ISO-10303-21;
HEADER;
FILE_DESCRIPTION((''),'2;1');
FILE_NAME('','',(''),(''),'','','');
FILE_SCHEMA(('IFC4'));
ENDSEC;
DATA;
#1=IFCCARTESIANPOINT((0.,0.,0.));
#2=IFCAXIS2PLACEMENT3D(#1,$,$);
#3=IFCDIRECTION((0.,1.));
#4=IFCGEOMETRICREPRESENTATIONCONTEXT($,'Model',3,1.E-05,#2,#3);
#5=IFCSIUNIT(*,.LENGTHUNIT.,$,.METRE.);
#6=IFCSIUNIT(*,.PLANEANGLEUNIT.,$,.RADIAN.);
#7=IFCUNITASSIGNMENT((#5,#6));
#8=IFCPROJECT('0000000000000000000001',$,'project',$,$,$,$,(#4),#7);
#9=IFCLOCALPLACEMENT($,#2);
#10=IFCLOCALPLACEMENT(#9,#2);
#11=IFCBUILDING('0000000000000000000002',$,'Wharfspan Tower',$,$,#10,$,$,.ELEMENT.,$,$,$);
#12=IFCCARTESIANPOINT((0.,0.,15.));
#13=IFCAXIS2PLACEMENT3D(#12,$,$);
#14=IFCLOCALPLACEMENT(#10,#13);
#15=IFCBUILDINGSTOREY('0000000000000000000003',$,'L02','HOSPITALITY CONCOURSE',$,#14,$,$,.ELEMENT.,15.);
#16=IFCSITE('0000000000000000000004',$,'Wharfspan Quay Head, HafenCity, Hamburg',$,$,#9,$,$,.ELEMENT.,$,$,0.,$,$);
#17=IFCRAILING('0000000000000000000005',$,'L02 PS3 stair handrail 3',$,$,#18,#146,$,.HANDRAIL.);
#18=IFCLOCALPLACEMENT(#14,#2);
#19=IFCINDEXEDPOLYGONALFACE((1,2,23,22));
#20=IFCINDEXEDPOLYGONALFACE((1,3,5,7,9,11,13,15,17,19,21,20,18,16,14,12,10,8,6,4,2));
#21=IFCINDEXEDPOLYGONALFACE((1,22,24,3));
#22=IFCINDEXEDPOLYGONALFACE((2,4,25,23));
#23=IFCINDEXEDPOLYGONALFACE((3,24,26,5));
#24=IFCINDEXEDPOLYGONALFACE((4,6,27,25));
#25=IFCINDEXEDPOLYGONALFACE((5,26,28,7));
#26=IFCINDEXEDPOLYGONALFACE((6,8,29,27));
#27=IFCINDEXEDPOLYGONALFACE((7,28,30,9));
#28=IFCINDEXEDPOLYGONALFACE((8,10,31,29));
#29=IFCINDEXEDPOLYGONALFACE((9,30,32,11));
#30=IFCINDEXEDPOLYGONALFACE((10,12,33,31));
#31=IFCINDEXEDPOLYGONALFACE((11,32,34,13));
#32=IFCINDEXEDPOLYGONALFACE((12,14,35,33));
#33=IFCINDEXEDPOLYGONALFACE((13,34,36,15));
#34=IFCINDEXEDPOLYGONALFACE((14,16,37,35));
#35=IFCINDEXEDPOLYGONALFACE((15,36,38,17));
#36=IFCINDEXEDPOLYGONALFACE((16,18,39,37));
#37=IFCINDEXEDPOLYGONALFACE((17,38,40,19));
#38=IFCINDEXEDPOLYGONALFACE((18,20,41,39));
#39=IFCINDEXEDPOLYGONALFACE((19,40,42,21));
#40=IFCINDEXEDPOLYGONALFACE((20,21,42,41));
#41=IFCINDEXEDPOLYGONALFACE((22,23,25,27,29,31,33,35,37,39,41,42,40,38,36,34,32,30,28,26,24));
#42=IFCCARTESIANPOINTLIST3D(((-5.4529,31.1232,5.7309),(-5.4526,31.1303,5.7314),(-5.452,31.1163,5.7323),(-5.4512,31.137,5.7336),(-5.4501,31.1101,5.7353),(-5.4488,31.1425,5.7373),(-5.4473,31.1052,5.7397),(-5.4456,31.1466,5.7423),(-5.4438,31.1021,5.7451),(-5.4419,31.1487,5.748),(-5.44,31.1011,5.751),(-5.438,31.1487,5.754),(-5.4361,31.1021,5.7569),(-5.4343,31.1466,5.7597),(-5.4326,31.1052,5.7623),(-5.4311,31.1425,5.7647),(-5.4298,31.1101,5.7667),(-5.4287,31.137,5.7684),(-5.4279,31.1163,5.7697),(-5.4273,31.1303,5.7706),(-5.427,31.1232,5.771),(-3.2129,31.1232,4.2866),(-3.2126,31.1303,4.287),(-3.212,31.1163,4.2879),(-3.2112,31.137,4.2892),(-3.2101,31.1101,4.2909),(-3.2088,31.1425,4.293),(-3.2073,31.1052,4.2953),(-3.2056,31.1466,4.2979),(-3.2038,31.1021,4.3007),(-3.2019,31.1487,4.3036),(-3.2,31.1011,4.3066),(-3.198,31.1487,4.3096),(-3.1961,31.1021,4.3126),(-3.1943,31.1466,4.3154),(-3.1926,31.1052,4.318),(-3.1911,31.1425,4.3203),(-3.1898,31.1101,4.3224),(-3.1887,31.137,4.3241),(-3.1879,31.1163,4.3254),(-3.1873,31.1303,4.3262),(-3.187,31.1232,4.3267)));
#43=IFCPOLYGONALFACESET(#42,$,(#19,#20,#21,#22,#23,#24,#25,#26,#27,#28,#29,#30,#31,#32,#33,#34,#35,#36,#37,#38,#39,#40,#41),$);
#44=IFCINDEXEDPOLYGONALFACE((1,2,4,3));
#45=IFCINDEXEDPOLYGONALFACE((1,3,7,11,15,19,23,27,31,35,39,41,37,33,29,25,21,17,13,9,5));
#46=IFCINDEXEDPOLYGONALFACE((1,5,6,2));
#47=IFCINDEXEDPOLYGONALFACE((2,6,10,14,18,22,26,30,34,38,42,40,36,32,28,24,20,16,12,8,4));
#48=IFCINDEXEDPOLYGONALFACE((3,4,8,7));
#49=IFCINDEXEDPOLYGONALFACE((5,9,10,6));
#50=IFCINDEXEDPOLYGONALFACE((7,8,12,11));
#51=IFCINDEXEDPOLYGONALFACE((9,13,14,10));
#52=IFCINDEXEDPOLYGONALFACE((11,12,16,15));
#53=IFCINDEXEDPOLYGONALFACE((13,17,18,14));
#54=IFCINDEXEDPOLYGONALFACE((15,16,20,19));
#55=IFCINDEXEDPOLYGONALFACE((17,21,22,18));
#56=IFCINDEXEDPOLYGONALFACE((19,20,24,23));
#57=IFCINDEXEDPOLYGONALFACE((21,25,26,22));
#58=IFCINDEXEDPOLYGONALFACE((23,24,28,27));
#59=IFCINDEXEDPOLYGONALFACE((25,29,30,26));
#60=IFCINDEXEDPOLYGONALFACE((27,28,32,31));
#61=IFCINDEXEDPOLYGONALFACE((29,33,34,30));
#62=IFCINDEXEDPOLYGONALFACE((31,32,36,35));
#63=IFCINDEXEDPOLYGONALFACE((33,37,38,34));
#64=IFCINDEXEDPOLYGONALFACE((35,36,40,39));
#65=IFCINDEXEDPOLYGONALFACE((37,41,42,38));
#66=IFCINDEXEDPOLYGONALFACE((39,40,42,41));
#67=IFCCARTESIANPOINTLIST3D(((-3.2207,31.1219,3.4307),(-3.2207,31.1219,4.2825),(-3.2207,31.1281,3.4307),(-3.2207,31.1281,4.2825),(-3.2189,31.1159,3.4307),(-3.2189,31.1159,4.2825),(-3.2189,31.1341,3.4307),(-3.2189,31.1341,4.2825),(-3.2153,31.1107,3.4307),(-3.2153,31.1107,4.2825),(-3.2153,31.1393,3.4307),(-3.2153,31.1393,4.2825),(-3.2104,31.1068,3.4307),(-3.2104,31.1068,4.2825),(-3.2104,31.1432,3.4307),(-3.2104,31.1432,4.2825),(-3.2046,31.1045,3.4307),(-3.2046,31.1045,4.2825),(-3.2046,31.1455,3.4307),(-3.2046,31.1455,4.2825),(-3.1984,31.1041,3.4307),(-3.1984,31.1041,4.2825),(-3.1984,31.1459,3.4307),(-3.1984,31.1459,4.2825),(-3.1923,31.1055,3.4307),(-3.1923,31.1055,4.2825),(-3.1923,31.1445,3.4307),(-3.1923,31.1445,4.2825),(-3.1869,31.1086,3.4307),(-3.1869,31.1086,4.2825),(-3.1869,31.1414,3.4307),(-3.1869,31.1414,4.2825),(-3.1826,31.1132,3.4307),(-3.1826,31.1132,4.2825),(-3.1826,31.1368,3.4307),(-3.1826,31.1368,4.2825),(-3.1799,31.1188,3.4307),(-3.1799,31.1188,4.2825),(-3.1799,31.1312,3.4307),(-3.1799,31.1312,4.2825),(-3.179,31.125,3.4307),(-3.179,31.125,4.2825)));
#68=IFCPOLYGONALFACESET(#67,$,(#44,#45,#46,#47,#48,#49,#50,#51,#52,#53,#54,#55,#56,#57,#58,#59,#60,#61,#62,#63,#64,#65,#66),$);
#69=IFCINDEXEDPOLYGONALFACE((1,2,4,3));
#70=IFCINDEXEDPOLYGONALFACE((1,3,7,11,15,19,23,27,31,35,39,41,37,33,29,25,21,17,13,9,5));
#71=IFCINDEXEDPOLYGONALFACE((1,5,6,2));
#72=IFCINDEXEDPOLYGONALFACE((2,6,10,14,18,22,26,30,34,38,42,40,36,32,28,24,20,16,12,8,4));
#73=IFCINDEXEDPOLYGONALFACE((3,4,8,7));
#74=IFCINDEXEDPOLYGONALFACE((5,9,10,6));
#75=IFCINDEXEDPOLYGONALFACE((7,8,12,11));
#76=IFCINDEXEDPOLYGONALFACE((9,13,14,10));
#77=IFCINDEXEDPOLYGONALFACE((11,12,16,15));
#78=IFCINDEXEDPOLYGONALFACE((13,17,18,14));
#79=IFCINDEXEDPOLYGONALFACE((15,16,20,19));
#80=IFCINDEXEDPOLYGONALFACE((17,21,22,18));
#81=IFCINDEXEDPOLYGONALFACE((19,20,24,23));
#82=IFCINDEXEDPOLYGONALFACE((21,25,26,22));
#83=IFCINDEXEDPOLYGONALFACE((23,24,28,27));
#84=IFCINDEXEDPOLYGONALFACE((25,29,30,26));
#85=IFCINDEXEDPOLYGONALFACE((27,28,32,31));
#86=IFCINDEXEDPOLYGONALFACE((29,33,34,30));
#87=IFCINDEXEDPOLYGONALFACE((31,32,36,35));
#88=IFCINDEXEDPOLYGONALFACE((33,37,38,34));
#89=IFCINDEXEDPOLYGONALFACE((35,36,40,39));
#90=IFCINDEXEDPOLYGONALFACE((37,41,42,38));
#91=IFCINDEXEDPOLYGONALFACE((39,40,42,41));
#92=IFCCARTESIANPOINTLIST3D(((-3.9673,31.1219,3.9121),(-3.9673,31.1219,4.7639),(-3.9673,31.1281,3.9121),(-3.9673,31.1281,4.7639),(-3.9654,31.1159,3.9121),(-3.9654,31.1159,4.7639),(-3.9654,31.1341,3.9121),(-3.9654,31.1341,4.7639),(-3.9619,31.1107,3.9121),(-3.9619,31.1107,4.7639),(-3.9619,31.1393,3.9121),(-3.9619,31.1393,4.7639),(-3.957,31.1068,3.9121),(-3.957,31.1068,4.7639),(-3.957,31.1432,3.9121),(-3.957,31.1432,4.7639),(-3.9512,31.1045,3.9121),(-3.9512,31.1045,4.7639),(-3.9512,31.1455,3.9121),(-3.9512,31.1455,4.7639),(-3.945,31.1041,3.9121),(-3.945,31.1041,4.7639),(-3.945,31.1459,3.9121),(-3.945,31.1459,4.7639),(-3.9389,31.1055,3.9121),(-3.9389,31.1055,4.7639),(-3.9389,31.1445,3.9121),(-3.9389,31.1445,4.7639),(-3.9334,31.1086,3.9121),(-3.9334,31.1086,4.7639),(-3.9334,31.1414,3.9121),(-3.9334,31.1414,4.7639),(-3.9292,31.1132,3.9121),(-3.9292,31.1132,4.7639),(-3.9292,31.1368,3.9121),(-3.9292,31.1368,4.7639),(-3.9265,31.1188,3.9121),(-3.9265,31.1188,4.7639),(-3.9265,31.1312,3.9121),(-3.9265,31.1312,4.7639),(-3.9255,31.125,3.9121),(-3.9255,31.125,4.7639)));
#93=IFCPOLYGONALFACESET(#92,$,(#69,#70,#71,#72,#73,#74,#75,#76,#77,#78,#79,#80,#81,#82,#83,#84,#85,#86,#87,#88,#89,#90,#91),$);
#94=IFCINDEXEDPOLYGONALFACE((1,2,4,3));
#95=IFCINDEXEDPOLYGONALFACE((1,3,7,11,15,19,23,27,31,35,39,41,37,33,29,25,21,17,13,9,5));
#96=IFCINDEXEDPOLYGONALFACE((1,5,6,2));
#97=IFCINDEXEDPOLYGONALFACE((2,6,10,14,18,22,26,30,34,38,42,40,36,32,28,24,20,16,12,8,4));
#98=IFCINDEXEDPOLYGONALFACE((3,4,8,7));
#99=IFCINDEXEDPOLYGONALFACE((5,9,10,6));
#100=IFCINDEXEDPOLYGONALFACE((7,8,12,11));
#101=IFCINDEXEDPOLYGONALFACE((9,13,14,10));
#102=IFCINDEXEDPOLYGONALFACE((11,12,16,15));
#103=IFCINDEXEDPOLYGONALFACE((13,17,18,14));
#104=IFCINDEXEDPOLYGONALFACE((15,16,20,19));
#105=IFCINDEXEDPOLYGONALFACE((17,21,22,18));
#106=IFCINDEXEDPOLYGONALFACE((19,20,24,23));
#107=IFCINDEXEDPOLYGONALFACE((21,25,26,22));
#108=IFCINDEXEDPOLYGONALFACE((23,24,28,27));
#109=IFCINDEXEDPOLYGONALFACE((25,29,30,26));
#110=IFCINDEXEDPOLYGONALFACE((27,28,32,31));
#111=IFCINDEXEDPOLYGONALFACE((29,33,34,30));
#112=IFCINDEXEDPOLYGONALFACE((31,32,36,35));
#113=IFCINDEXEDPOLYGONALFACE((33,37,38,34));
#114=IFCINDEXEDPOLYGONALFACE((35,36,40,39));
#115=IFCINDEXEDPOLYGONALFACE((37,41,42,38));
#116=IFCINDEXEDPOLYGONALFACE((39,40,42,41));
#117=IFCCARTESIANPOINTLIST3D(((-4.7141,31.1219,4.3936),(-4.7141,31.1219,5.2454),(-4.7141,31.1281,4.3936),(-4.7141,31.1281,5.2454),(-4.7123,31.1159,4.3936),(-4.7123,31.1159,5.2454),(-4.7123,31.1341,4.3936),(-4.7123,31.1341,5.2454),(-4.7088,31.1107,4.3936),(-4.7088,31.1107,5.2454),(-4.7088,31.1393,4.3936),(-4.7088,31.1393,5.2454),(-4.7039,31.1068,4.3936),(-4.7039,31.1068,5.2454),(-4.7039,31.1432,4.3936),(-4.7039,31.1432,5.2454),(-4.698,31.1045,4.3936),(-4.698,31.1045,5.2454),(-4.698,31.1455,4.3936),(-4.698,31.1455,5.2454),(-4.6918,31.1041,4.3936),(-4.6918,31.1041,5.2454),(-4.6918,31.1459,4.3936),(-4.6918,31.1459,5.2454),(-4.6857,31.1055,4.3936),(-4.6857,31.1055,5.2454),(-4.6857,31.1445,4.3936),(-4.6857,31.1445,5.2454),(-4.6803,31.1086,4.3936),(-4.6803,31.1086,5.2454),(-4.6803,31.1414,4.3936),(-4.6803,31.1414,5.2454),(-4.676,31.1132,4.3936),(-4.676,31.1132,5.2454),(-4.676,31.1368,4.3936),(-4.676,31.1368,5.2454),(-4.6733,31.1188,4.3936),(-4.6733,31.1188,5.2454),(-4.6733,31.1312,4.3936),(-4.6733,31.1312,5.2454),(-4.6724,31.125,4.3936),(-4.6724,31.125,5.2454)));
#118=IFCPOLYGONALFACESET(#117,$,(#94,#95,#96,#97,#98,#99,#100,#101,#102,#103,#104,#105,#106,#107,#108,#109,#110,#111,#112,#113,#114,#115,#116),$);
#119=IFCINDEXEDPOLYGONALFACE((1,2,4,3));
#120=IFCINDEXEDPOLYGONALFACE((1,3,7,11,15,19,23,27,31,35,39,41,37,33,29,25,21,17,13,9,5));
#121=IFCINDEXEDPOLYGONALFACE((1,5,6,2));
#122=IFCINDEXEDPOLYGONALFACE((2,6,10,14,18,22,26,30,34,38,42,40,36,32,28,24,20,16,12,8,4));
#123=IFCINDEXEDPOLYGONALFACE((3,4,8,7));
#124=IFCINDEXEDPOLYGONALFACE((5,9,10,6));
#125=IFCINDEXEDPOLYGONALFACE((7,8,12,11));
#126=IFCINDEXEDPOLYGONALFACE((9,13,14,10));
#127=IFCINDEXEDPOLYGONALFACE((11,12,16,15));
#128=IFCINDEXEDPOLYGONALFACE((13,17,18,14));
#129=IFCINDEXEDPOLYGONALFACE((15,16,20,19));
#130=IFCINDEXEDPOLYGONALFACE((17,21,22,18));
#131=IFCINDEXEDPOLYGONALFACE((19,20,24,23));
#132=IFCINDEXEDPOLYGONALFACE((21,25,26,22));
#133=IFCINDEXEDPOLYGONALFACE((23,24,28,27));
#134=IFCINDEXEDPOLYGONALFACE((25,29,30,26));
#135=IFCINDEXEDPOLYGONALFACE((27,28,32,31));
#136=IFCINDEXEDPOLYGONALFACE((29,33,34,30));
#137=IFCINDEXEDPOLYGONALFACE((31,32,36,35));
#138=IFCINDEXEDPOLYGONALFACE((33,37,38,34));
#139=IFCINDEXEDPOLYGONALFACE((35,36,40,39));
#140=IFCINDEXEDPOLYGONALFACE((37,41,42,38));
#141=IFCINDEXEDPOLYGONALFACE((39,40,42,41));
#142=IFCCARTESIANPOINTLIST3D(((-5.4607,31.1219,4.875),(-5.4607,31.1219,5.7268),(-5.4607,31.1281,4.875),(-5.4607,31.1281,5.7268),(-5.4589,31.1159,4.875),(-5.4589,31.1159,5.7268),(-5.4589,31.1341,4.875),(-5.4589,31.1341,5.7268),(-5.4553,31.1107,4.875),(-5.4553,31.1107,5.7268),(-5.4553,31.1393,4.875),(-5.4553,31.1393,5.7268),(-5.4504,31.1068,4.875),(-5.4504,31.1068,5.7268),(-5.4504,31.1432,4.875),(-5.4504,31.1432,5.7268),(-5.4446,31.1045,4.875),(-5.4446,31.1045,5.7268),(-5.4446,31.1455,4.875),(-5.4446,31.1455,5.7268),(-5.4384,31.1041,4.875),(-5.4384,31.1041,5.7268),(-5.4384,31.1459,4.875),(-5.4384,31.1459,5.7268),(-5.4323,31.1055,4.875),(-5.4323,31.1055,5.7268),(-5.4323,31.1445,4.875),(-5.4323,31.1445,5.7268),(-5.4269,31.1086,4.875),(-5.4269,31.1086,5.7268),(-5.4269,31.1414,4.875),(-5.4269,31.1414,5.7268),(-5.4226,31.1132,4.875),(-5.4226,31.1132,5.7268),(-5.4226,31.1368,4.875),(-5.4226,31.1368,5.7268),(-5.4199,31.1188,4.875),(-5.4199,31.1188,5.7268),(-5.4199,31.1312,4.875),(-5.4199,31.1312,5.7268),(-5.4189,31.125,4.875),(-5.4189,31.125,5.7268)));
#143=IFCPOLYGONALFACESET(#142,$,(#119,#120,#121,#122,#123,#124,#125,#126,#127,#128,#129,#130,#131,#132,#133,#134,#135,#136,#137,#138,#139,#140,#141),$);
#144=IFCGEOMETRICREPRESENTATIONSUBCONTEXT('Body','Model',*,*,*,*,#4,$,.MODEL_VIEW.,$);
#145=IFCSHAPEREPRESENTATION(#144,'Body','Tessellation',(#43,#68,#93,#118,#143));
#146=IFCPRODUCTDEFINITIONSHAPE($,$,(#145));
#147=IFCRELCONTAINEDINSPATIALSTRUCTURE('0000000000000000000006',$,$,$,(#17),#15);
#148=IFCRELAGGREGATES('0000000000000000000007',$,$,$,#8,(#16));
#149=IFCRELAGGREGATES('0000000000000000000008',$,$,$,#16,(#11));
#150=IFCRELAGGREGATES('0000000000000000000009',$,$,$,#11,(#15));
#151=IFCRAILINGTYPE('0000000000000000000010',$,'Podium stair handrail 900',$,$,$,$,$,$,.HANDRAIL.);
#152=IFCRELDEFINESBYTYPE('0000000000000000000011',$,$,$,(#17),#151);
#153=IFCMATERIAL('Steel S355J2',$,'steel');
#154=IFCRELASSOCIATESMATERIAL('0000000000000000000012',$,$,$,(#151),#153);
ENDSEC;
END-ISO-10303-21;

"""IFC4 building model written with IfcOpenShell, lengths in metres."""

from ifc_helpers import new_model, si_unit, direction, frame, origin, origin_2d, place, context, subcontext, project, spatial, circle, extrude, material, type_object, element, save


model = new_model("IFC4")

# Units and contexts
model_context = context("Model", 3, precision=1e-05, world=origin(), true_north=direction((0.0, 1.0)))
body_context = subcontext(model_context, "Body", "Model", "MODEL_VIEW")
ifc_project = project(units=[si_unit("LENGTHUNIT", "METRE"), si_unit("PLANEANGLEUNIT", "RADIAN")], contexts=[model_context])

# Site, building, storey
site_placement = place(None, origin())
site = spatial("IfcSite", under=ifc_project, at=site_placement, Name="Wharfspan Quay Head, HafenCity, Hamburg", CompositionType="ELEMENT", RefElevation=0.0)
building_placement = place(site_placement, origin())
building = spatial("IfcBuilding", under=site, at=building_placement, Name="Wharfspan Tower", CompositionType="ELEMENT")
storey_placement = place(building_placement, frame((0.0, 0.0, 15.0)))
storey = spatial("IfcBuildingStorey", under=building, at=storey_placement, Name="L02", Description="HOSPITALITY CONCOURSE", CompositionType="ELEMENT", Elevation=15.0)

# Railing
ifc_material_1 = material(Name="Steel S355J2", Category="steel")
railing_type = type_object("IfcRailingType", Name="Podium stair handrail 900", PredefinedType="HANDRAIL", material=ifc_material_1)
for number, where, name in (
    (1, (-3.2, 31.125, 3.4307), "L02 PS3 stair handrail 3"),
):
    element("IfcRailing", number, at=place(storey_placement, frame(where)), inside=storey, type_object=railing_type, Name=name, PredefinedType="HANDRAIL", context=body_context, shape_type="SweptSolid", body=[
        extrude(circle(Radius=0.0239, at=origin_2d()), frame((0.0, 0.0, 0.876), z_axis=(-0.840437, 0.0, 0.54191), x_axis=(0.0, -1.0, 0.0)), (0.0, 0.0, 1.0), 2.6653),
        extrude(circle(Radius=0.021, at=origin_2d()), origin(), (0.0, 0.0, 1.0), 0.8518),
        extrude(circle(Radius=0.021, at=origin_2d()), frame((-0.7466, 0.0, 0.4814)), (0.0, 0.0, 1.0), 0.8518),
        extrude(circle(Radius=0.021, at=origin_2d()), frame((-1.4934, 0.0, 0.9629)), (0.0, 0.0, 1.0), 0.8518),
        extrude(circle(Radius=0.021, at=origin_2d()), frame((-2.24, 0.0, 1.4443)), (0.0, 0.0, 1.0), 0.8518),
    ])

save(model, "model.ifc")
